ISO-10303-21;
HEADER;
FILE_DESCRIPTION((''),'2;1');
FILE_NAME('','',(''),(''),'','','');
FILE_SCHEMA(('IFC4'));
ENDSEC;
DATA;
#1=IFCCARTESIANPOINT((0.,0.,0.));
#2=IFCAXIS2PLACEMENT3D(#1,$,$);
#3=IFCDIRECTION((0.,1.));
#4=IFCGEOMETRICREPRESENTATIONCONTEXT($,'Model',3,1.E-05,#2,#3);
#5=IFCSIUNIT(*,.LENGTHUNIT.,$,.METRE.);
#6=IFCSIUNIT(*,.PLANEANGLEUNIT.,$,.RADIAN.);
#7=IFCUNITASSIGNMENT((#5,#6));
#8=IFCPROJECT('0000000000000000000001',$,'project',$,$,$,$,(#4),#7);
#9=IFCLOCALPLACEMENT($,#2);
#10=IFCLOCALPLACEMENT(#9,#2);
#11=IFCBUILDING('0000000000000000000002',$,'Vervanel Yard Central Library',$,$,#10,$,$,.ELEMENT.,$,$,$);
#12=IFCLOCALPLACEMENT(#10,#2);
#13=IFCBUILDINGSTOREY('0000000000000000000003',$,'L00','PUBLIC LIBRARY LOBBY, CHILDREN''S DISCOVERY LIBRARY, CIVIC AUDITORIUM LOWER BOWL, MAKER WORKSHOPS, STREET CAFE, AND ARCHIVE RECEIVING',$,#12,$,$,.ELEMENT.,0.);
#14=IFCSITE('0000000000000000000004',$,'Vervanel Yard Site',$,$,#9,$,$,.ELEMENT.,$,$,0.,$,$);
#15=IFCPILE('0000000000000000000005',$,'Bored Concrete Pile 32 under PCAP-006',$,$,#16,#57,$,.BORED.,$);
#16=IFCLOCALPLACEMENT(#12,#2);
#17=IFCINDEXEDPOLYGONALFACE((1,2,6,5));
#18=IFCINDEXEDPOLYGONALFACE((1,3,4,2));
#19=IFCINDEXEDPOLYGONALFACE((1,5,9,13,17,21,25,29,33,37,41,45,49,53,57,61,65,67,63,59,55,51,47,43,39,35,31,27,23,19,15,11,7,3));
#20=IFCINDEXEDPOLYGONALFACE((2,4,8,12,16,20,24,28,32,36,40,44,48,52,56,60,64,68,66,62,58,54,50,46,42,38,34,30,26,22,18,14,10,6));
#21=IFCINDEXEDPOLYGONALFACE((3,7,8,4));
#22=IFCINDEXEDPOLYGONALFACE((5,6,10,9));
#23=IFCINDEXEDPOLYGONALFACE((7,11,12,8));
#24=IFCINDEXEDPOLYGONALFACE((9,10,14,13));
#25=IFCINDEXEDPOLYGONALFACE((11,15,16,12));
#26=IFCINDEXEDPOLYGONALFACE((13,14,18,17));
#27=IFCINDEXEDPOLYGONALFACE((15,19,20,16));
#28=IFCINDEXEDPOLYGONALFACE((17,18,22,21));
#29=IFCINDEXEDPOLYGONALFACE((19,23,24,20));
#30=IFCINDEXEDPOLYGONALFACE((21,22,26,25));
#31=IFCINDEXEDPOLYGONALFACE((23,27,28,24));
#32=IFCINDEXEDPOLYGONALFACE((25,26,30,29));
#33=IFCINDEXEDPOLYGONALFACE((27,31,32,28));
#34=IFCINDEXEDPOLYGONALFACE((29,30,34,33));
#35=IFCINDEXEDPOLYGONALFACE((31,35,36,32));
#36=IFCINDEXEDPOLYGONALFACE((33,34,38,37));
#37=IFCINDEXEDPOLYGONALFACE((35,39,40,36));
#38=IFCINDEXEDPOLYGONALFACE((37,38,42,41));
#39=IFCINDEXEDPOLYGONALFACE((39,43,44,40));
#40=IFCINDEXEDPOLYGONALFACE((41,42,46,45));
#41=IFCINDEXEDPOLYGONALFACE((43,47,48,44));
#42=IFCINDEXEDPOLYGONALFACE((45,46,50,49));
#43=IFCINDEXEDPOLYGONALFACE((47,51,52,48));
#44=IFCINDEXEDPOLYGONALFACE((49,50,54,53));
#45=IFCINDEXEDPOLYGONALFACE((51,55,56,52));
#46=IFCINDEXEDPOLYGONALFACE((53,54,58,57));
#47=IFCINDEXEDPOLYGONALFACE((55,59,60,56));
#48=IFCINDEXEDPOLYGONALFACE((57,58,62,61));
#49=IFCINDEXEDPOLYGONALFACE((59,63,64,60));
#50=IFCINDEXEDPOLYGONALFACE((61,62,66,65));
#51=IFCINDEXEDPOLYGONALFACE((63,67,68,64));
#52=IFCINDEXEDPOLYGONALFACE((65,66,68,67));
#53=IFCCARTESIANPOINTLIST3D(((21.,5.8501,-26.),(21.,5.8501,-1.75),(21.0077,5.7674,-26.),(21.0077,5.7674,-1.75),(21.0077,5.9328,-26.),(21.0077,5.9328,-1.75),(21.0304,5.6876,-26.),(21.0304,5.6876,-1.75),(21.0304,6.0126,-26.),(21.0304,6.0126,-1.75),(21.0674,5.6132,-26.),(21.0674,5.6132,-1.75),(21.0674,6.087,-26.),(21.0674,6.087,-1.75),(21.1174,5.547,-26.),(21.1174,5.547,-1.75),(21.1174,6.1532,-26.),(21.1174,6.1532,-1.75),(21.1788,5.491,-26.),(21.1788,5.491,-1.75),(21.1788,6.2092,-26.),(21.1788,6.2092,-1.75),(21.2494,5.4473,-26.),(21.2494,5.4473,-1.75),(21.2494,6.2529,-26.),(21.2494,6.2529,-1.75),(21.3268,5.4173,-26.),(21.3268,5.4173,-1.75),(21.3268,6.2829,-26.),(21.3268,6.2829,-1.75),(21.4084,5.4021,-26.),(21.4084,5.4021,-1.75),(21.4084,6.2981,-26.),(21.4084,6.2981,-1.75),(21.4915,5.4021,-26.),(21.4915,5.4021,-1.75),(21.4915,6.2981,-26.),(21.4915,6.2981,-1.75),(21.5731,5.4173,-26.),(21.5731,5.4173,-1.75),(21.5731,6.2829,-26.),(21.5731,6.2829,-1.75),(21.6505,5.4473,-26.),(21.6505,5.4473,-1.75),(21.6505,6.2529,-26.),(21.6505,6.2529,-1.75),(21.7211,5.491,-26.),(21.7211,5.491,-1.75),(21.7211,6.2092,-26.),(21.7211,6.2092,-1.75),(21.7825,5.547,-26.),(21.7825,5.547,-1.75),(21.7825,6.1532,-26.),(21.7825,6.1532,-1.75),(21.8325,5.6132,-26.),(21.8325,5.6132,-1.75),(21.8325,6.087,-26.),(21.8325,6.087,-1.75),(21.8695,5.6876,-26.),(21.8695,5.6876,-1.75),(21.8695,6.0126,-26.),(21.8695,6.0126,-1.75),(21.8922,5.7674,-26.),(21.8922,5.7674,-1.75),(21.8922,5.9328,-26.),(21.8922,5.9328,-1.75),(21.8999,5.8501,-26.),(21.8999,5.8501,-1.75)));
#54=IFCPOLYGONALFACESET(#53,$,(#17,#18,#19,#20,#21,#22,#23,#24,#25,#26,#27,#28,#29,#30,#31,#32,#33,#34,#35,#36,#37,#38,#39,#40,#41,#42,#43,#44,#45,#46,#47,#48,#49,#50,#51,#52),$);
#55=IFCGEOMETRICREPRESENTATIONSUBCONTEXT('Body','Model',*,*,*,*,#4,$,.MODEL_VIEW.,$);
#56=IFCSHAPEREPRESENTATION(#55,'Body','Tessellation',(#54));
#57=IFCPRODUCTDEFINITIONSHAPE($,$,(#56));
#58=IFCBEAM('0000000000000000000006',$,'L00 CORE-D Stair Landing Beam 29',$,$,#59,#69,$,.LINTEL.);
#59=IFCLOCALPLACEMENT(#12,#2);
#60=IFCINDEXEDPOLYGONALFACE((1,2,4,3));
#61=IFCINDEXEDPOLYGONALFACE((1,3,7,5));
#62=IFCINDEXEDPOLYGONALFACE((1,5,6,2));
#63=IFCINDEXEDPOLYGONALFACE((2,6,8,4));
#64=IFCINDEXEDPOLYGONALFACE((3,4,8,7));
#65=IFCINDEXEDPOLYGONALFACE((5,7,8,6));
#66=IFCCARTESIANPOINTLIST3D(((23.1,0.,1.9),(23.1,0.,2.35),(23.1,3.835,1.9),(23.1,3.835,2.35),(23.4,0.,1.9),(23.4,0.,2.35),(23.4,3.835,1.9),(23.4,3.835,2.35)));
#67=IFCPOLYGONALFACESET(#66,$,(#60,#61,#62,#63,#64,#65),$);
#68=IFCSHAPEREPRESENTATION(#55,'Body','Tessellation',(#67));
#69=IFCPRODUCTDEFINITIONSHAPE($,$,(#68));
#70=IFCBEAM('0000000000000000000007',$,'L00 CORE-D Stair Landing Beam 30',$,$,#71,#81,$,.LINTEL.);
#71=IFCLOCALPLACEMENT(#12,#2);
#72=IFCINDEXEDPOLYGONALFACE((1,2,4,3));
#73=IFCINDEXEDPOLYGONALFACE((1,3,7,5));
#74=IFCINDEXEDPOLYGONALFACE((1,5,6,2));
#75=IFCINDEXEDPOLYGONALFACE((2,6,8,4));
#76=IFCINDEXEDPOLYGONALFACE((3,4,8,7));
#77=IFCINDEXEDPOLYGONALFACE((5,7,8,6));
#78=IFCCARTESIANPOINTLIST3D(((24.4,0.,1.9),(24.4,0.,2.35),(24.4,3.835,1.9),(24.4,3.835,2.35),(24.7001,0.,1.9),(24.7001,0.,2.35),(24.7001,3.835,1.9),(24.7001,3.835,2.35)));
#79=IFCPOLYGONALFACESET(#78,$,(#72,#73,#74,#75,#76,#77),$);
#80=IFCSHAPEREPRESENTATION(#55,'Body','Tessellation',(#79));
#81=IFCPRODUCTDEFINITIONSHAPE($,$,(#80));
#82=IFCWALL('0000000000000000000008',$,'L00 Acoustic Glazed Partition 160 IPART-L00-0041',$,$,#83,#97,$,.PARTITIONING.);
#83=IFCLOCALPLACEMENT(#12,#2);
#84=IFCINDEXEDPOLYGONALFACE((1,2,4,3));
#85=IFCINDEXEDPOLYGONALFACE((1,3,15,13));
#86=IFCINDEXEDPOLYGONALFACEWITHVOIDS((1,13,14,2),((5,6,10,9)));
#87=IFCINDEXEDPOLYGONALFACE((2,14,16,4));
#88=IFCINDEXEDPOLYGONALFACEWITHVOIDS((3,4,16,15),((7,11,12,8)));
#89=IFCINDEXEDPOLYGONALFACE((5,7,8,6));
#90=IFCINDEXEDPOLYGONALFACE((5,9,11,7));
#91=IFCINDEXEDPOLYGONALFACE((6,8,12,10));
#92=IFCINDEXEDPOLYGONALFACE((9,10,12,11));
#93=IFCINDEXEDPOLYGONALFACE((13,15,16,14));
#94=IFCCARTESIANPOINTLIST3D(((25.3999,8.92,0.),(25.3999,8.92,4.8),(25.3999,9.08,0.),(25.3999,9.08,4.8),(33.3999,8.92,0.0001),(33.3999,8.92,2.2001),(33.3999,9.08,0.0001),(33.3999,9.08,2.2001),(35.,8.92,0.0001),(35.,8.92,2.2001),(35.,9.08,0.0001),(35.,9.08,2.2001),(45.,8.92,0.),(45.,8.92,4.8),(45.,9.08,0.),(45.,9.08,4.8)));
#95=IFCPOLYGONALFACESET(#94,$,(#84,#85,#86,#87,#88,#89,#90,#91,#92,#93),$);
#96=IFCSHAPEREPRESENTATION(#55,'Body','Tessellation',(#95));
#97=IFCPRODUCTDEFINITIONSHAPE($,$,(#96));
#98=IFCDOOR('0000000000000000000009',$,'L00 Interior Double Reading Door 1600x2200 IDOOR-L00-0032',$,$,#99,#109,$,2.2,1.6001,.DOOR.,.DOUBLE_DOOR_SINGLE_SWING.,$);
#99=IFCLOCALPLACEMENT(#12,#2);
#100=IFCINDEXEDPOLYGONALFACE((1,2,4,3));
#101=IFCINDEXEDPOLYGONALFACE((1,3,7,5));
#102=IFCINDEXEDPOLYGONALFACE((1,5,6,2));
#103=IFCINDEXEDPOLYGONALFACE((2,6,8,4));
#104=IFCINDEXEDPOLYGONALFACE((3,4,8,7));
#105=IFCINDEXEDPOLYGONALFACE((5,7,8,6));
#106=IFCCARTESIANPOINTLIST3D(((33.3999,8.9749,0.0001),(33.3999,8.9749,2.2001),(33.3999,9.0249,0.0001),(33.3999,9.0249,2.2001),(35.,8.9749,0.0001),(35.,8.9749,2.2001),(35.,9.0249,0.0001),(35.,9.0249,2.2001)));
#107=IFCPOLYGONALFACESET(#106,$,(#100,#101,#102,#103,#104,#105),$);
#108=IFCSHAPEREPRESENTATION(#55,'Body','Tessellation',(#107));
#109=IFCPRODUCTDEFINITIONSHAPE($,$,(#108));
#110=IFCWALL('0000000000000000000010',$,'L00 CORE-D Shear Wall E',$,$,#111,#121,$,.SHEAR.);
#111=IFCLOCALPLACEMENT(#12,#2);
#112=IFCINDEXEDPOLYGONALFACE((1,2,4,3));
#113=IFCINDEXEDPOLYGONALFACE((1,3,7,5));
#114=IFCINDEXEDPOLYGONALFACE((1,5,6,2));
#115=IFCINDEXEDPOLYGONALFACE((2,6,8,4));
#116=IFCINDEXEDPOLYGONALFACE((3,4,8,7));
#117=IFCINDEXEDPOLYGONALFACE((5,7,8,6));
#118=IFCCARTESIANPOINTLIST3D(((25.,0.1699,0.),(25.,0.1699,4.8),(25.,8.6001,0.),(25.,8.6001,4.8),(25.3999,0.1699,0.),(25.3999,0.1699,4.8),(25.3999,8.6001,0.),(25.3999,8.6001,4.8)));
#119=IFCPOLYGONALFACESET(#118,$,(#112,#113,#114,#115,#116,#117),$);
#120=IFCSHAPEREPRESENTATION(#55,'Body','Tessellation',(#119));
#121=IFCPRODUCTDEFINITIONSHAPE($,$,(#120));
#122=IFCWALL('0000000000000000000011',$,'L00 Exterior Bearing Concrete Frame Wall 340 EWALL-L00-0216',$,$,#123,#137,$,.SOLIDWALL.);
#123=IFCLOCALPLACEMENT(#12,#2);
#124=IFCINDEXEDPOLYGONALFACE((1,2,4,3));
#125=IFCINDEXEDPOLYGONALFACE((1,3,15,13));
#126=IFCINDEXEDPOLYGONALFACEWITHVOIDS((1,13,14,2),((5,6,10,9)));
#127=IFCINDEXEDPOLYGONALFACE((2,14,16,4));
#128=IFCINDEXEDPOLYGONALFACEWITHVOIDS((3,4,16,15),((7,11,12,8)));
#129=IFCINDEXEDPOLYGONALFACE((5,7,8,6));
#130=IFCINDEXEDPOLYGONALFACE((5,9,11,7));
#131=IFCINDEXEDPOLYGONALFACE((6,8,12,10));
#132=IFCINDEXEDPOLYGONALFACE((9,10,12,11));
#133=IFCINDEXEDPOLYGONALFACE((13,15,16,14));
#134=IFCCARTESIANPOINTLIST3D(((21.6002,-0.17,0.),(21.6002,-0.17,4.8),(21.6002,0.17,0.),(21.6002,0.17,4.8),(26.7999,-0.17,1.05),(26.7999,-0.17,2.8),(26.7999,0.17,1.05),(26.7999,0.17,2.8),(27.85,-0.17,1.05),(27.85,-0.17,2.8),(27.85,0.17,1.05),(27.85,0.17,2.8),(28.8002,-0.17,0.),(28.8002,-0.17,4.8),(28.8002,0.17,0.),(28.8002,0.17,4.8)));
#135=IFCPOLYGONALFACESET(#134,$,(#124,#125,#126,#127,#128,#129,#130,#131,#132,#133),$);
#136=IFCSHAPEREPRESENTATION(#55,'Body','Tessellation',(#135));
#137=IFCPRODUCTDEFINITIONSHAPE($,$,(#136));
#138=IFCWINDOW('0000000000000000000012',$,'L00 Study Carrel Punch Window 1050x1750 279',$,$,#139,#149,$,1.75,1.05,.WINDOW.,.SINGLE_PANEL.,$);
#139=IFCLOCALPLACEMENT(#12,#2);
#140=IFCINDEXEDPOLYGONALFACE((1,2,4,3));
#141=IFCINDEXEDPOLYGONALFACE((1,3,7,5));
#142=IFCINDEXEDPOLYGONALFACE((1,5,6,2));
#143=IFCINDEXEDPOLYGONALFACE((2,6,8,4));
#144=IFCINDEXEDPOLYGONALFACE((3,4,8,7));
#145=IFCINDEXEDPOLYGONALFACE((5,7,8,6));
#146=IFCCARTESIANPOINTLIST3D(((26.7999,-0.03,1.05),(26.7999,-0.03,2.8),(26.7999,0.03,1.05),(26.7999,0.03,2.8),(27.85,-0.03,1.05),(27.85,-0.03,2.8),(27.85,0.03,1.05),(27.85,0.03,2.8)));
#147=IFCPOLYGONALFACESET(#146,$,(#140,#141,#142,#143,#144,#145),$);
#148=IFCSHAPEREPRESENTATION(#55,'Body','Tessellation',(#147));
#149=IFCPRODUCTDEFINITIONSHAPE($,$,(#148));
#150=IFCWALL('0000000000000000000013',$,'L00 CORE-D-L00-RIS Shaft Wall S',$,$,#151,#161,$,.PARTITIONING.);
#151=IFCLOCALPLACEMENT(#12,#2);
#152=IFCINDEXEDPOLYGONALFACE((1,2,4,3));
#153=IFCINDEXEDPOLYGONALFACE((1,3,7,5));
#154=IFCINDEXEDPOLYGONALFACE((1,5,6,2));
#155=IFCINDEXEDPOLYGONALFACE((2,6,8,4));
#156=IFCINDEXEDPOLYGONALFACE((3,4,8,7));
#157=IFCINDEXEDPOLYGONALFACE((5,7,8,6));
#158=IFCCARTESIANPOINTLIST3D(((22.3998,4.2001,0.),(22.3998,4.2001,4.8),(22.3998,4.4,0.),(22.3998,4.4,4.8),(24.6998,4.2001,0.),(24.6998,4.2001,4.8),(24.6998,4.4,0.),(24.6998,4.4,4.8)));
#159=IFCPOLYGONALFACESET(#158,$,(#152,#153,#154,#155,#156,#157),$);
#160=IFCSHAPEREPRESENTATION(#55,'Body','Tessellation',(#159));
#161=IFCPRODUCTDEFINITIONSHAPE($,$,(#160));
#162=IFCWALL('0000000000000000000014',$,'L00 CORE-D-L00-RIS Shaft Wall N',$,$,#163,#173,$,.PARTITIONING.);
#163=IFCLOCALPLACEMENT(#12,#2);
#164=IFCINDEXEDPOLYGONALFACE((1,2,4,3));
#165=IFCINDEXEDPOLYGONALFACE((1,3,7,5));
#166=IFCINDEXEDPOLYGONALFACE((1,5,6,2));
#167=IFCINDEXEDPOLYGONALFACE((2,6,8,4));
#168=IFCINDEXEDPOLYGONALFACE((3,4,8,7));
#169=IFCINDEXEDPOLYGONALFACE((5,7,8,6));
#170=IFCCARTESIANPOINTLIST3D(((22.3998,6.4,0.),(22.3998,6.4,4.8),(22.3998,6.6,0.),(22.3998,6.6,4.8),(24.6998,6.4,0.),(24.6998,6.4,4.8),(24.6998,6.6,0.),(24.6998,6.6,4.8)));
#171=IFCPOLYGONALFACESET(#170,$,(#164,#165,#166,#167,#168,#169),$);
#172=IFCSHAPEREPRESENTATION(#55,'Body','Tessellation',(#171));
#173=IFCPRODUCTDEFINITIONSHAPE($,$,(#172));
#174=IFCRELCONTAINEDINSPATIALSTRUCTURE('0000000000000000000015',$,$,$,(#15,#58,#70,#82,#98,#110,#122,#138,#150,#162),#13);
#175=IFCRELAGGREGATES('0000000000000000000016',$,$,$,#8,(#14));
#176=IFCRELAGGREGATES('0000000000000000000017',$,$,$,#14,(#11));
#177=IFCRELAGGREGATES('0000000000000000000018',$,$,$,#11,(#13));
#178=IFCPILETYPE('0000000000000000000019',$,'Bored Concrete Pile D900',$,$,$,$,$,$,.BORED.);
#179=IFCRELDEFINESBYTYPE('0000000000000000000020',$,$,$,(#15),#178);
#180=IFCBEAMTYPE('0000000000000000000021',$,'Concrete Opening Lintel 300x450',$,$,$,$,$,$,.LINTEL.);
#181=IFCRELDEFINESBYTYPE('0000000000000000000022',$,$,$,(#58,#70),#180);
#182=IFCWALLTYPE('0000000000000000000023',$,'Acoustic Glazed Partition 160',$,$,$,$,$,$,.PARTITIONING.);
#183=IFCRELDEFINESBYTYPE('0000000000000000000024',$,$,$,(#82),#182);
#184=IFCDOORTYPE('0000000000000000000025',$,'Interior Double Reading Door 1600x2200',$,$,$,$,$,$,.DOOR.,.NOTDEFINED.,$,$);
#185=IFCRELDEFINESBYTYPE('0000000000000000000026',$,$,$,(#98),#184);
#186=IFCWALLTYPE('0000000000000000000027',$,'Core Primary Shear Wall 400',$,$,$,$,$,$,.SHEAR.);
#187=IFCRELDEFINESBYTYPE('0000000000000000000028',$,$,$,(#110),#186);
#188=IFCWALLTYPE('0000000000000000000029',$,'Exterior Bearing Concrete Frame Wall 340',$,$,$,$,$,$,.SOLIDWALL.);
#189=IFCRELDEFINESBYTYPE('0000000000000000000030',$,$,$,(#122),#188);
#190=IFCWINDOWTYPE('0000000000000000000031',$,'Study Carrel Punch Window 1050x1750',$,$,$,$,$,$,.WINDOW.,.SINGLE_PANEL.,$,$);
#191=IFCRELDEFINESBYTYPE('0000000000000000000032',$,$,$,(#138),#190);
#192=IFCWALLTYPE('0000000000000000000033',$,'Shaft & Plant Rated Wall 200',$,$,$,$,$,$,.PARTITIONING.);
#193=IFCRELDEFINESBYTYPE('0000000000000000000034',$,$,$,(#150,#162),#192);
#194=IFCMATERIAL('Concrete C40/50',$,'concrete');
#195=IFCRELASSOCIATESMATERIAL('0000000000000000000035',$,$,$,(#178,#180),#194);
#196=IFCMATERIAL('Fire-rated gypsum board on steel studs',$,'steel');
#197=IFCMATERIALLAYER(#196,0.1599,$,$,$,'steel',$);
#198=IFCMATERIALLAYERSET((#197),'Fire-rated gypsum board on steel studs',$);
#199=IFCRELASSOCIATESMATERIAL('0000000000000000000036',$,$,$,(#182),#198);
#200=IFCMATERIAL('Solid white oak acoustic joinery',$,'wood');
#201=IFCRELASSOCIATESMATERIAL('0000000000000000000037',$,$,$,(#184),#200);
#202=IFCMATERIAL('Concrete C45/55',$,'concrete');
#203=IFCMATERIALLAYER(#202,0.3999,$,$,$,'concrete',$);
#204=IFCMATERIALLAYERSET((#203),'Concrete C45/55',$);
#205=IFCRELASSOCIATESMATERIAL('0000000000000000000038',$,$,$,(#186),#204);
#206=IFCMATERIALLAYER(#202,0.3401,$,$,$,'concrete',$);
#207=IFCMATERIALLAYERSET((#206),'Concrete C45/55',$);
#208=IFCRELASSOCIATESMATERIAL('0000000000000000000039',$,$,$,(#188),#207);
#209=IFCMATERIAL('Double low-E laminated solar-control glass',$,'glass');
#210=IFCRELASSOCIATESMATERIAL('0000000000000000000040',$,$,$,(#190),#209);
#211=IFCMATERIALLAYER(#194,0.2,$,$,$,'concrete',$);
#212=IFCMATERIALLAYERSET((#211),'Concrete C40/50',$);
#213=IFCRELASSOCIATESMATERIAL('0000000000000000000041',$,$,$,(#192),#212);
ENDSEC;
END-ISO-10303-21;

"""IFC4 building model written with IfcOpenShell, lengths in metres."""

from ifc_helpers import new_model, si_unit, direction, frame, frame_2d, origin, origin_2d, place, context, subcontext, project, spatial, rectangle, circle, extrude, material, layer, layer_set, material_profile, profile_set, type_object, element, fill, save


model = new_model("IFC4")

# Units and contexts
model_context = context("Model", 3, precision=1e-05, world=origin(), true_north=direction((0.0, 1.0)))
body_context = subcontext(model_context, "Body", "Model", "MODEL_VIEW")
ifc_project = project(units=[si_unit("LENGTHUNIT", "METRE"), si_unit("PLANEANGLEUNIT", "RADIAN")], contexts=[model_context])

# Site, building, storey
site_placement = place(None, origin())
site = spatial("IfcSite", under=ifc_project, at=site_placement, Name="Vervanel Yard Site", CompositionType="ELEMENT", RefElevation=0.0)
building_placement = place(site_placement, origin())
building = spatial("IfcBuilding", under=site, at=building_placement, Name="Vervanel Yard Central Library", CompositionType="ELEMENT")
storey_placement = place(building_placement, origin())
storey = spatial("IfcBuildingStorey", under=building, at=storey_placement, Name="L00", Description="PUBLIC LIBRARY LOBBY, CHILDREN'S DISCOVERY LIBRARY, CIVIC AUDITORIUM LOWER BOWL, MAKER WORKSHOPS, STREET CAFE, AND ARCHIVE RECEIVING", CompositionType="ELEMENT", Elevation=0.0)

# Pile
ifc_material_1 = material(Name="Concrete C40/50", Category="concrete")
ifc_material_profile_1 = material_profile(ifc_material_1, circle(Radius=0.45, at=origin_2d()), Name="BP D900", Category="concrete")
ifc_profile_set_1 = profile_set([ifc_material_profile_1], Name="Concrete C40/50")
pile_type_1 = type_object("IfcPileType", Name="Bored Concrete Pile D900", PredefinedType="BORED", material=ifc_profile_set_1)
for number, where, z_axis, x_axis, name in (
    (1, (21.45, 5.8501, -1.75), (0.0, 0.0, -1.0), (1.0, 0.0, 0.0), "Bored Concrete Pile 32 under PCAP-006"),
):
    element("IfcPile", number, at=place(storey_placement, frame(where, z_axis=z_axis, x_axis=x_axis)), inside=storey, type_object=pile_type_1, Name=name, PredefinedType="BORED", context=body_context, shape_type="SweptSolid", body=[
        extrude(circle(Radius=0.45, at=origin_2d()), origin(), (0.0, 0.0, 1.0), 24.25),
    ])

# Beams
ifc_material_profile_2 = material_profile(ifc_material_1, rectangle(XDim=0.3, YDim=0.45, at=origin_2d()), Name="RC 300x450", Category="concrete")
ifc_profile_set_2 = profile_set([ifc_material_profile_2], Name="Concrete C40/50")
beam_type = type_object("IfcBeamType", Name="Concrete Opening Lintel 300x450", PredefinedType="LINTEL", material=ifc_profile_set_2)
for number, where, z_axis, x_axis, name in (
    (2, (23.25, 0.0, 2.125), (0.0, 1.0, 0.0), (-1.0, 0.0, 0.0), "L00 CORE-D Stair Landing Beam 29"),
    (3, (24.55, 0.0, 2.125), (0.0, 1.0, 0.0), (-1.0, 0.0, 0.0), "L00 CORE-D Stair Landing Beam 30"),
):
    element("IfcBeam", number, at=place(storey_placement, frame(where, z_axis=z_axis, x_axis=x_axis)), inside=storey, type_object=beam_type, Name=name, PredefinedType="LINTEL", context=body_context, shape_type="SweptSolid", body=[
        extrude(rectangle(XDim=0.3, YDim=0.45, at=origin_2d()), origin(), (0.0, 0.0, 1.0), 3.835),
    ])

# Wall, opening, door
ifc_material_2 = material(Name="Fire-rated gypsum board on steel studs", Category="steel")
ifc_layer_1 = layer(ifc_material_2, 0.1599, Category="steel")
ifc_layer_set_1 = layer_set([ifc_layer_1], Name="Fire-rated gypsum board on steel studs")
wall_type_1 = type_object("IfcWallType", Name="Acoustic Glazed Partition 160", PredefinedType="PARTITIONING", material=ifc_layer_set_1)
wall_1_placement = place(storey_placement, frame((25.3999, 9.0, 0.0), z_axis=(0.0, 0.0, 1.0), x_axis=(1.0, 0.0, 0.0)))
wall_1 = element("IfcWall", 4, at=wall_1_placement, inside=storey, type_object=wall_type_1, Name="L00 Acoustic Glazed Partition 160 IPART-L00-0041", PredefinedType="PARTITIONING", context=body_context, shape_type="SweptSolid", body=[
    extrude(rectangle(XDim=19.6001, YDim=0.1599, at=frame_2d((9.8, 0.0))), origin(), (0.0, 0.0, 1.0), 4.8),
])
opening_1_placement = place(wall_1_placement, frame((8.0, 0.0, 0.0)))
opening_1 = element("IfcOpeningElement", 5, at=opening_1_placement, cuts=wall_1, PredefinedType="OPENING", context=body_context, shape_type="SweptSolid", body=[
    extrude(rectangle(XDim=1.6001, YDim=2.2, at=frame_2d((0.8, 1.1001))), frame((0.0, 0.0898, 0.0), z_axis=(0.0, -1.0, 0.0), x_axis=(1.0, 0.0, 0.0)), (0.0, 0.0, 1.0), 0.1799),
])
ifc_material_3 = material(Name="Solid white oak acoustic joinery", Category="wood")
door_type_1 = type_object("IfcDoorType", Name="Interior Double Reading Door 1600x2200", OperationType="NOTDEFINED", PredefinedType="DOOR", material=ifc_material_3)
door_1_placement = place(opening_1_placement, origin())
door_1 = element("IfcDoor", 6, at=door_1_placement, inside=storey, type_object=door_type_1, Name="L00 Interior Double Reading Door 1600x2200 IDOOR-L00-0032", OperationType="DOUBLE_DOOR_SINGLE_SWING", OverallHeight=2.2, OverallWidth=1.6001, PredefinedType="DOOR", context=body_context, shape_type="SweptSolid", body=[
    extrude(rectangle(XDim=1.6001, YDim=2.2, at=frame_2d((0.8, 1.1001))), frame((0.0, 0.0249, 0.0), z_axis=(0.0, -1.0, 0.0), x_axis=(1.0, 0.0, 0.0)), (0.0, 0.0, 1.0), 0.05),
])
fill(opening_1, door_1)

# Wall
ifc_material_4 = material(Name="Concrete C45/55", Category="concrete")
ifc_layer_2 = layer(ifc_material_4, 0.3999, Category="concrete")
ifc_layer_set_2 = layer_set([ifc_layer_2], Name="Concrete C45/55")
wall_type_2 = type_object("IfcWallType", Name="Core Primary Shear Wall 400", PredefinedType="SHEAR", material=ifc_layer_set_2)
wall_2_placement = place(storey_placement, frame((25.2, 0.1699, 0.0), z_axis=(0.0, 0.0, 1.0), x_axis=(0.0, 1.0, 0.0)))
element("IfcWall", 7, at=wall_2_placement, inside=storey, type_object=wall_type_2, Name="L00 CORE-D Shear Wall E", PredefinedType="SHEAR", context=body_context, shape_type="SweptSolid", body=[
    extrude(rectangle(XDim=8.4302, YDim=0.3999, at=frame_2d((4.2151, 0.0))), origin(), (0.0, 0.0, 1.0), 4.8),
])

# Wall, opening, window
ifc_layer_3 = layer(ifc_material_4, 0.3401, Category="concrete")
ifc_layer_set_3 = layer_set([ifc_layer_3], Name="Concrete C45/55")
wall_type_3 = type_object("IfcWallType", Name="Exterior Bearing Concrete Frame Wall 340", PredefinedType="SOLIDWALL", material=ifc_layer_set_3)
wall_3_placement = place(storey_placement, frame((21.6001, 0.0, 0.0), z_axis=(0.0, 0.0, 1.0), x_axis=(1.0, 0.0, 0.0)))
wall_3 = element("IfcWall", 8, at=wall_3_placement, inside=storey, type_object=wall_type_3, Name="L00 Exterior Bearing Concrete Frame Wall 340 EWALL-L00-0216", PredefinedType="SOLIDWALL", context=body_context, shape_type="SweptSolid", body=[
    extrude(rectangle(XDim=7.2, YDim=0.3401, at=frame_2d((3.6001, 0.0))), origin(), (0.0, 0.0, 1.0), 4.8),
])
opening_2_placement = place(wall_3_placement, frame((5.2, 0.0, 1.05)))
opening_2 = element("IfcOpeningElement", 9, at=opening_2_placement, cuts=wall_3, PredefinedType="OPENING", context=body_context, shape_type="SweptSolid", body=[
    extrude(rectangle(XDim=1.05, YDim=1.75, at=frame_2d((0.5249, 0.875))), frame((0.0, 0.1799, 0.0), z_axis=(0.0, -1.0, 0.0), x_axis=(1.0, 0.0, 0.0)), (0.0, 0.0, 1.0), 0.3601),
])
ifc_material_5 = material(Name="Double low-E laminated solar-control glass", Category="glass")
window_type = type_object("IfcWindowType", Name="Study Carrel Punch Window 1050x1750", PartitioningType="SINGLE_PANEL", PredefinedType="WINDOW", material=ifc_material_5)
window_placement = place(opening_2_placement, origin())
window = element("IfcWindow", 10, at=window_placement, inside=storey, type_object=window_type, Name="L00 Study Carrel Punch Window 1050x1750 279", OverallHeight=1.75, OverallWidth=1.05, PartitioningType="SINGLE_PANEL", PredefinedType="WINDOW", context=body_context, shape_type="SweptSolid", body=[
    extrude(rectangle(XDim=1.05, YDim=1.75, at=frame_2d((0.5249, 0.875))), frame((0.0, 0.03, 0.0), z_axis=(0.0, -1.0, 0.0), x_axis=(1.0, 0.0, 0.0)), (0.0, 0.0, 1.0), 0.0601),
])
fill(opening_2, window)

# Walls
ifc_layer_4 = layer(ifc_material_1, 0.2, Category="concrete")
ifc_layer_set_4 = layer_set([ifc_layer_4], Name="Concrete C40/50")
wall_type_4 = type_object("IfcWallType", Name="Shaft & Plant Rated Wall 200", PredefinedType="PARTITIONING", material=ifc_layer_set_4)
for number, where, z_axis, x_axis, name in (
    (11, (22.3999, 4.3, 0.0), (0.0, 0.0, 1.0), (1.0, 0.0, 0.0), "L00 CORE-D-L00-RIS Shaft Wall S"),
    (12, (22.3999, 6.5, 0.0), (0.0, 0.0, 1.0), (1.0, 0.0, 0.0), "L00 CORE-D-L00-RIS Shaft Wall N"),
):
    element("IfcWall", number, at=place(storey_placement, frame(where, z_axis=z_axis, x_axis=x_axis)), inside=storey, type_object=wall_type_4, Name=name, PredefinedType="PARTITIONING", context=body_context, shape_type="SweptSolid", body=[
        extrude(rectangle(XDim=2.3, YDim=0.2, at=frame_2d((1.1499, 0.0))), origin(), (0.0, 0.0, 1.0), 4.8),
    ])

save(model, "model.ifc")
